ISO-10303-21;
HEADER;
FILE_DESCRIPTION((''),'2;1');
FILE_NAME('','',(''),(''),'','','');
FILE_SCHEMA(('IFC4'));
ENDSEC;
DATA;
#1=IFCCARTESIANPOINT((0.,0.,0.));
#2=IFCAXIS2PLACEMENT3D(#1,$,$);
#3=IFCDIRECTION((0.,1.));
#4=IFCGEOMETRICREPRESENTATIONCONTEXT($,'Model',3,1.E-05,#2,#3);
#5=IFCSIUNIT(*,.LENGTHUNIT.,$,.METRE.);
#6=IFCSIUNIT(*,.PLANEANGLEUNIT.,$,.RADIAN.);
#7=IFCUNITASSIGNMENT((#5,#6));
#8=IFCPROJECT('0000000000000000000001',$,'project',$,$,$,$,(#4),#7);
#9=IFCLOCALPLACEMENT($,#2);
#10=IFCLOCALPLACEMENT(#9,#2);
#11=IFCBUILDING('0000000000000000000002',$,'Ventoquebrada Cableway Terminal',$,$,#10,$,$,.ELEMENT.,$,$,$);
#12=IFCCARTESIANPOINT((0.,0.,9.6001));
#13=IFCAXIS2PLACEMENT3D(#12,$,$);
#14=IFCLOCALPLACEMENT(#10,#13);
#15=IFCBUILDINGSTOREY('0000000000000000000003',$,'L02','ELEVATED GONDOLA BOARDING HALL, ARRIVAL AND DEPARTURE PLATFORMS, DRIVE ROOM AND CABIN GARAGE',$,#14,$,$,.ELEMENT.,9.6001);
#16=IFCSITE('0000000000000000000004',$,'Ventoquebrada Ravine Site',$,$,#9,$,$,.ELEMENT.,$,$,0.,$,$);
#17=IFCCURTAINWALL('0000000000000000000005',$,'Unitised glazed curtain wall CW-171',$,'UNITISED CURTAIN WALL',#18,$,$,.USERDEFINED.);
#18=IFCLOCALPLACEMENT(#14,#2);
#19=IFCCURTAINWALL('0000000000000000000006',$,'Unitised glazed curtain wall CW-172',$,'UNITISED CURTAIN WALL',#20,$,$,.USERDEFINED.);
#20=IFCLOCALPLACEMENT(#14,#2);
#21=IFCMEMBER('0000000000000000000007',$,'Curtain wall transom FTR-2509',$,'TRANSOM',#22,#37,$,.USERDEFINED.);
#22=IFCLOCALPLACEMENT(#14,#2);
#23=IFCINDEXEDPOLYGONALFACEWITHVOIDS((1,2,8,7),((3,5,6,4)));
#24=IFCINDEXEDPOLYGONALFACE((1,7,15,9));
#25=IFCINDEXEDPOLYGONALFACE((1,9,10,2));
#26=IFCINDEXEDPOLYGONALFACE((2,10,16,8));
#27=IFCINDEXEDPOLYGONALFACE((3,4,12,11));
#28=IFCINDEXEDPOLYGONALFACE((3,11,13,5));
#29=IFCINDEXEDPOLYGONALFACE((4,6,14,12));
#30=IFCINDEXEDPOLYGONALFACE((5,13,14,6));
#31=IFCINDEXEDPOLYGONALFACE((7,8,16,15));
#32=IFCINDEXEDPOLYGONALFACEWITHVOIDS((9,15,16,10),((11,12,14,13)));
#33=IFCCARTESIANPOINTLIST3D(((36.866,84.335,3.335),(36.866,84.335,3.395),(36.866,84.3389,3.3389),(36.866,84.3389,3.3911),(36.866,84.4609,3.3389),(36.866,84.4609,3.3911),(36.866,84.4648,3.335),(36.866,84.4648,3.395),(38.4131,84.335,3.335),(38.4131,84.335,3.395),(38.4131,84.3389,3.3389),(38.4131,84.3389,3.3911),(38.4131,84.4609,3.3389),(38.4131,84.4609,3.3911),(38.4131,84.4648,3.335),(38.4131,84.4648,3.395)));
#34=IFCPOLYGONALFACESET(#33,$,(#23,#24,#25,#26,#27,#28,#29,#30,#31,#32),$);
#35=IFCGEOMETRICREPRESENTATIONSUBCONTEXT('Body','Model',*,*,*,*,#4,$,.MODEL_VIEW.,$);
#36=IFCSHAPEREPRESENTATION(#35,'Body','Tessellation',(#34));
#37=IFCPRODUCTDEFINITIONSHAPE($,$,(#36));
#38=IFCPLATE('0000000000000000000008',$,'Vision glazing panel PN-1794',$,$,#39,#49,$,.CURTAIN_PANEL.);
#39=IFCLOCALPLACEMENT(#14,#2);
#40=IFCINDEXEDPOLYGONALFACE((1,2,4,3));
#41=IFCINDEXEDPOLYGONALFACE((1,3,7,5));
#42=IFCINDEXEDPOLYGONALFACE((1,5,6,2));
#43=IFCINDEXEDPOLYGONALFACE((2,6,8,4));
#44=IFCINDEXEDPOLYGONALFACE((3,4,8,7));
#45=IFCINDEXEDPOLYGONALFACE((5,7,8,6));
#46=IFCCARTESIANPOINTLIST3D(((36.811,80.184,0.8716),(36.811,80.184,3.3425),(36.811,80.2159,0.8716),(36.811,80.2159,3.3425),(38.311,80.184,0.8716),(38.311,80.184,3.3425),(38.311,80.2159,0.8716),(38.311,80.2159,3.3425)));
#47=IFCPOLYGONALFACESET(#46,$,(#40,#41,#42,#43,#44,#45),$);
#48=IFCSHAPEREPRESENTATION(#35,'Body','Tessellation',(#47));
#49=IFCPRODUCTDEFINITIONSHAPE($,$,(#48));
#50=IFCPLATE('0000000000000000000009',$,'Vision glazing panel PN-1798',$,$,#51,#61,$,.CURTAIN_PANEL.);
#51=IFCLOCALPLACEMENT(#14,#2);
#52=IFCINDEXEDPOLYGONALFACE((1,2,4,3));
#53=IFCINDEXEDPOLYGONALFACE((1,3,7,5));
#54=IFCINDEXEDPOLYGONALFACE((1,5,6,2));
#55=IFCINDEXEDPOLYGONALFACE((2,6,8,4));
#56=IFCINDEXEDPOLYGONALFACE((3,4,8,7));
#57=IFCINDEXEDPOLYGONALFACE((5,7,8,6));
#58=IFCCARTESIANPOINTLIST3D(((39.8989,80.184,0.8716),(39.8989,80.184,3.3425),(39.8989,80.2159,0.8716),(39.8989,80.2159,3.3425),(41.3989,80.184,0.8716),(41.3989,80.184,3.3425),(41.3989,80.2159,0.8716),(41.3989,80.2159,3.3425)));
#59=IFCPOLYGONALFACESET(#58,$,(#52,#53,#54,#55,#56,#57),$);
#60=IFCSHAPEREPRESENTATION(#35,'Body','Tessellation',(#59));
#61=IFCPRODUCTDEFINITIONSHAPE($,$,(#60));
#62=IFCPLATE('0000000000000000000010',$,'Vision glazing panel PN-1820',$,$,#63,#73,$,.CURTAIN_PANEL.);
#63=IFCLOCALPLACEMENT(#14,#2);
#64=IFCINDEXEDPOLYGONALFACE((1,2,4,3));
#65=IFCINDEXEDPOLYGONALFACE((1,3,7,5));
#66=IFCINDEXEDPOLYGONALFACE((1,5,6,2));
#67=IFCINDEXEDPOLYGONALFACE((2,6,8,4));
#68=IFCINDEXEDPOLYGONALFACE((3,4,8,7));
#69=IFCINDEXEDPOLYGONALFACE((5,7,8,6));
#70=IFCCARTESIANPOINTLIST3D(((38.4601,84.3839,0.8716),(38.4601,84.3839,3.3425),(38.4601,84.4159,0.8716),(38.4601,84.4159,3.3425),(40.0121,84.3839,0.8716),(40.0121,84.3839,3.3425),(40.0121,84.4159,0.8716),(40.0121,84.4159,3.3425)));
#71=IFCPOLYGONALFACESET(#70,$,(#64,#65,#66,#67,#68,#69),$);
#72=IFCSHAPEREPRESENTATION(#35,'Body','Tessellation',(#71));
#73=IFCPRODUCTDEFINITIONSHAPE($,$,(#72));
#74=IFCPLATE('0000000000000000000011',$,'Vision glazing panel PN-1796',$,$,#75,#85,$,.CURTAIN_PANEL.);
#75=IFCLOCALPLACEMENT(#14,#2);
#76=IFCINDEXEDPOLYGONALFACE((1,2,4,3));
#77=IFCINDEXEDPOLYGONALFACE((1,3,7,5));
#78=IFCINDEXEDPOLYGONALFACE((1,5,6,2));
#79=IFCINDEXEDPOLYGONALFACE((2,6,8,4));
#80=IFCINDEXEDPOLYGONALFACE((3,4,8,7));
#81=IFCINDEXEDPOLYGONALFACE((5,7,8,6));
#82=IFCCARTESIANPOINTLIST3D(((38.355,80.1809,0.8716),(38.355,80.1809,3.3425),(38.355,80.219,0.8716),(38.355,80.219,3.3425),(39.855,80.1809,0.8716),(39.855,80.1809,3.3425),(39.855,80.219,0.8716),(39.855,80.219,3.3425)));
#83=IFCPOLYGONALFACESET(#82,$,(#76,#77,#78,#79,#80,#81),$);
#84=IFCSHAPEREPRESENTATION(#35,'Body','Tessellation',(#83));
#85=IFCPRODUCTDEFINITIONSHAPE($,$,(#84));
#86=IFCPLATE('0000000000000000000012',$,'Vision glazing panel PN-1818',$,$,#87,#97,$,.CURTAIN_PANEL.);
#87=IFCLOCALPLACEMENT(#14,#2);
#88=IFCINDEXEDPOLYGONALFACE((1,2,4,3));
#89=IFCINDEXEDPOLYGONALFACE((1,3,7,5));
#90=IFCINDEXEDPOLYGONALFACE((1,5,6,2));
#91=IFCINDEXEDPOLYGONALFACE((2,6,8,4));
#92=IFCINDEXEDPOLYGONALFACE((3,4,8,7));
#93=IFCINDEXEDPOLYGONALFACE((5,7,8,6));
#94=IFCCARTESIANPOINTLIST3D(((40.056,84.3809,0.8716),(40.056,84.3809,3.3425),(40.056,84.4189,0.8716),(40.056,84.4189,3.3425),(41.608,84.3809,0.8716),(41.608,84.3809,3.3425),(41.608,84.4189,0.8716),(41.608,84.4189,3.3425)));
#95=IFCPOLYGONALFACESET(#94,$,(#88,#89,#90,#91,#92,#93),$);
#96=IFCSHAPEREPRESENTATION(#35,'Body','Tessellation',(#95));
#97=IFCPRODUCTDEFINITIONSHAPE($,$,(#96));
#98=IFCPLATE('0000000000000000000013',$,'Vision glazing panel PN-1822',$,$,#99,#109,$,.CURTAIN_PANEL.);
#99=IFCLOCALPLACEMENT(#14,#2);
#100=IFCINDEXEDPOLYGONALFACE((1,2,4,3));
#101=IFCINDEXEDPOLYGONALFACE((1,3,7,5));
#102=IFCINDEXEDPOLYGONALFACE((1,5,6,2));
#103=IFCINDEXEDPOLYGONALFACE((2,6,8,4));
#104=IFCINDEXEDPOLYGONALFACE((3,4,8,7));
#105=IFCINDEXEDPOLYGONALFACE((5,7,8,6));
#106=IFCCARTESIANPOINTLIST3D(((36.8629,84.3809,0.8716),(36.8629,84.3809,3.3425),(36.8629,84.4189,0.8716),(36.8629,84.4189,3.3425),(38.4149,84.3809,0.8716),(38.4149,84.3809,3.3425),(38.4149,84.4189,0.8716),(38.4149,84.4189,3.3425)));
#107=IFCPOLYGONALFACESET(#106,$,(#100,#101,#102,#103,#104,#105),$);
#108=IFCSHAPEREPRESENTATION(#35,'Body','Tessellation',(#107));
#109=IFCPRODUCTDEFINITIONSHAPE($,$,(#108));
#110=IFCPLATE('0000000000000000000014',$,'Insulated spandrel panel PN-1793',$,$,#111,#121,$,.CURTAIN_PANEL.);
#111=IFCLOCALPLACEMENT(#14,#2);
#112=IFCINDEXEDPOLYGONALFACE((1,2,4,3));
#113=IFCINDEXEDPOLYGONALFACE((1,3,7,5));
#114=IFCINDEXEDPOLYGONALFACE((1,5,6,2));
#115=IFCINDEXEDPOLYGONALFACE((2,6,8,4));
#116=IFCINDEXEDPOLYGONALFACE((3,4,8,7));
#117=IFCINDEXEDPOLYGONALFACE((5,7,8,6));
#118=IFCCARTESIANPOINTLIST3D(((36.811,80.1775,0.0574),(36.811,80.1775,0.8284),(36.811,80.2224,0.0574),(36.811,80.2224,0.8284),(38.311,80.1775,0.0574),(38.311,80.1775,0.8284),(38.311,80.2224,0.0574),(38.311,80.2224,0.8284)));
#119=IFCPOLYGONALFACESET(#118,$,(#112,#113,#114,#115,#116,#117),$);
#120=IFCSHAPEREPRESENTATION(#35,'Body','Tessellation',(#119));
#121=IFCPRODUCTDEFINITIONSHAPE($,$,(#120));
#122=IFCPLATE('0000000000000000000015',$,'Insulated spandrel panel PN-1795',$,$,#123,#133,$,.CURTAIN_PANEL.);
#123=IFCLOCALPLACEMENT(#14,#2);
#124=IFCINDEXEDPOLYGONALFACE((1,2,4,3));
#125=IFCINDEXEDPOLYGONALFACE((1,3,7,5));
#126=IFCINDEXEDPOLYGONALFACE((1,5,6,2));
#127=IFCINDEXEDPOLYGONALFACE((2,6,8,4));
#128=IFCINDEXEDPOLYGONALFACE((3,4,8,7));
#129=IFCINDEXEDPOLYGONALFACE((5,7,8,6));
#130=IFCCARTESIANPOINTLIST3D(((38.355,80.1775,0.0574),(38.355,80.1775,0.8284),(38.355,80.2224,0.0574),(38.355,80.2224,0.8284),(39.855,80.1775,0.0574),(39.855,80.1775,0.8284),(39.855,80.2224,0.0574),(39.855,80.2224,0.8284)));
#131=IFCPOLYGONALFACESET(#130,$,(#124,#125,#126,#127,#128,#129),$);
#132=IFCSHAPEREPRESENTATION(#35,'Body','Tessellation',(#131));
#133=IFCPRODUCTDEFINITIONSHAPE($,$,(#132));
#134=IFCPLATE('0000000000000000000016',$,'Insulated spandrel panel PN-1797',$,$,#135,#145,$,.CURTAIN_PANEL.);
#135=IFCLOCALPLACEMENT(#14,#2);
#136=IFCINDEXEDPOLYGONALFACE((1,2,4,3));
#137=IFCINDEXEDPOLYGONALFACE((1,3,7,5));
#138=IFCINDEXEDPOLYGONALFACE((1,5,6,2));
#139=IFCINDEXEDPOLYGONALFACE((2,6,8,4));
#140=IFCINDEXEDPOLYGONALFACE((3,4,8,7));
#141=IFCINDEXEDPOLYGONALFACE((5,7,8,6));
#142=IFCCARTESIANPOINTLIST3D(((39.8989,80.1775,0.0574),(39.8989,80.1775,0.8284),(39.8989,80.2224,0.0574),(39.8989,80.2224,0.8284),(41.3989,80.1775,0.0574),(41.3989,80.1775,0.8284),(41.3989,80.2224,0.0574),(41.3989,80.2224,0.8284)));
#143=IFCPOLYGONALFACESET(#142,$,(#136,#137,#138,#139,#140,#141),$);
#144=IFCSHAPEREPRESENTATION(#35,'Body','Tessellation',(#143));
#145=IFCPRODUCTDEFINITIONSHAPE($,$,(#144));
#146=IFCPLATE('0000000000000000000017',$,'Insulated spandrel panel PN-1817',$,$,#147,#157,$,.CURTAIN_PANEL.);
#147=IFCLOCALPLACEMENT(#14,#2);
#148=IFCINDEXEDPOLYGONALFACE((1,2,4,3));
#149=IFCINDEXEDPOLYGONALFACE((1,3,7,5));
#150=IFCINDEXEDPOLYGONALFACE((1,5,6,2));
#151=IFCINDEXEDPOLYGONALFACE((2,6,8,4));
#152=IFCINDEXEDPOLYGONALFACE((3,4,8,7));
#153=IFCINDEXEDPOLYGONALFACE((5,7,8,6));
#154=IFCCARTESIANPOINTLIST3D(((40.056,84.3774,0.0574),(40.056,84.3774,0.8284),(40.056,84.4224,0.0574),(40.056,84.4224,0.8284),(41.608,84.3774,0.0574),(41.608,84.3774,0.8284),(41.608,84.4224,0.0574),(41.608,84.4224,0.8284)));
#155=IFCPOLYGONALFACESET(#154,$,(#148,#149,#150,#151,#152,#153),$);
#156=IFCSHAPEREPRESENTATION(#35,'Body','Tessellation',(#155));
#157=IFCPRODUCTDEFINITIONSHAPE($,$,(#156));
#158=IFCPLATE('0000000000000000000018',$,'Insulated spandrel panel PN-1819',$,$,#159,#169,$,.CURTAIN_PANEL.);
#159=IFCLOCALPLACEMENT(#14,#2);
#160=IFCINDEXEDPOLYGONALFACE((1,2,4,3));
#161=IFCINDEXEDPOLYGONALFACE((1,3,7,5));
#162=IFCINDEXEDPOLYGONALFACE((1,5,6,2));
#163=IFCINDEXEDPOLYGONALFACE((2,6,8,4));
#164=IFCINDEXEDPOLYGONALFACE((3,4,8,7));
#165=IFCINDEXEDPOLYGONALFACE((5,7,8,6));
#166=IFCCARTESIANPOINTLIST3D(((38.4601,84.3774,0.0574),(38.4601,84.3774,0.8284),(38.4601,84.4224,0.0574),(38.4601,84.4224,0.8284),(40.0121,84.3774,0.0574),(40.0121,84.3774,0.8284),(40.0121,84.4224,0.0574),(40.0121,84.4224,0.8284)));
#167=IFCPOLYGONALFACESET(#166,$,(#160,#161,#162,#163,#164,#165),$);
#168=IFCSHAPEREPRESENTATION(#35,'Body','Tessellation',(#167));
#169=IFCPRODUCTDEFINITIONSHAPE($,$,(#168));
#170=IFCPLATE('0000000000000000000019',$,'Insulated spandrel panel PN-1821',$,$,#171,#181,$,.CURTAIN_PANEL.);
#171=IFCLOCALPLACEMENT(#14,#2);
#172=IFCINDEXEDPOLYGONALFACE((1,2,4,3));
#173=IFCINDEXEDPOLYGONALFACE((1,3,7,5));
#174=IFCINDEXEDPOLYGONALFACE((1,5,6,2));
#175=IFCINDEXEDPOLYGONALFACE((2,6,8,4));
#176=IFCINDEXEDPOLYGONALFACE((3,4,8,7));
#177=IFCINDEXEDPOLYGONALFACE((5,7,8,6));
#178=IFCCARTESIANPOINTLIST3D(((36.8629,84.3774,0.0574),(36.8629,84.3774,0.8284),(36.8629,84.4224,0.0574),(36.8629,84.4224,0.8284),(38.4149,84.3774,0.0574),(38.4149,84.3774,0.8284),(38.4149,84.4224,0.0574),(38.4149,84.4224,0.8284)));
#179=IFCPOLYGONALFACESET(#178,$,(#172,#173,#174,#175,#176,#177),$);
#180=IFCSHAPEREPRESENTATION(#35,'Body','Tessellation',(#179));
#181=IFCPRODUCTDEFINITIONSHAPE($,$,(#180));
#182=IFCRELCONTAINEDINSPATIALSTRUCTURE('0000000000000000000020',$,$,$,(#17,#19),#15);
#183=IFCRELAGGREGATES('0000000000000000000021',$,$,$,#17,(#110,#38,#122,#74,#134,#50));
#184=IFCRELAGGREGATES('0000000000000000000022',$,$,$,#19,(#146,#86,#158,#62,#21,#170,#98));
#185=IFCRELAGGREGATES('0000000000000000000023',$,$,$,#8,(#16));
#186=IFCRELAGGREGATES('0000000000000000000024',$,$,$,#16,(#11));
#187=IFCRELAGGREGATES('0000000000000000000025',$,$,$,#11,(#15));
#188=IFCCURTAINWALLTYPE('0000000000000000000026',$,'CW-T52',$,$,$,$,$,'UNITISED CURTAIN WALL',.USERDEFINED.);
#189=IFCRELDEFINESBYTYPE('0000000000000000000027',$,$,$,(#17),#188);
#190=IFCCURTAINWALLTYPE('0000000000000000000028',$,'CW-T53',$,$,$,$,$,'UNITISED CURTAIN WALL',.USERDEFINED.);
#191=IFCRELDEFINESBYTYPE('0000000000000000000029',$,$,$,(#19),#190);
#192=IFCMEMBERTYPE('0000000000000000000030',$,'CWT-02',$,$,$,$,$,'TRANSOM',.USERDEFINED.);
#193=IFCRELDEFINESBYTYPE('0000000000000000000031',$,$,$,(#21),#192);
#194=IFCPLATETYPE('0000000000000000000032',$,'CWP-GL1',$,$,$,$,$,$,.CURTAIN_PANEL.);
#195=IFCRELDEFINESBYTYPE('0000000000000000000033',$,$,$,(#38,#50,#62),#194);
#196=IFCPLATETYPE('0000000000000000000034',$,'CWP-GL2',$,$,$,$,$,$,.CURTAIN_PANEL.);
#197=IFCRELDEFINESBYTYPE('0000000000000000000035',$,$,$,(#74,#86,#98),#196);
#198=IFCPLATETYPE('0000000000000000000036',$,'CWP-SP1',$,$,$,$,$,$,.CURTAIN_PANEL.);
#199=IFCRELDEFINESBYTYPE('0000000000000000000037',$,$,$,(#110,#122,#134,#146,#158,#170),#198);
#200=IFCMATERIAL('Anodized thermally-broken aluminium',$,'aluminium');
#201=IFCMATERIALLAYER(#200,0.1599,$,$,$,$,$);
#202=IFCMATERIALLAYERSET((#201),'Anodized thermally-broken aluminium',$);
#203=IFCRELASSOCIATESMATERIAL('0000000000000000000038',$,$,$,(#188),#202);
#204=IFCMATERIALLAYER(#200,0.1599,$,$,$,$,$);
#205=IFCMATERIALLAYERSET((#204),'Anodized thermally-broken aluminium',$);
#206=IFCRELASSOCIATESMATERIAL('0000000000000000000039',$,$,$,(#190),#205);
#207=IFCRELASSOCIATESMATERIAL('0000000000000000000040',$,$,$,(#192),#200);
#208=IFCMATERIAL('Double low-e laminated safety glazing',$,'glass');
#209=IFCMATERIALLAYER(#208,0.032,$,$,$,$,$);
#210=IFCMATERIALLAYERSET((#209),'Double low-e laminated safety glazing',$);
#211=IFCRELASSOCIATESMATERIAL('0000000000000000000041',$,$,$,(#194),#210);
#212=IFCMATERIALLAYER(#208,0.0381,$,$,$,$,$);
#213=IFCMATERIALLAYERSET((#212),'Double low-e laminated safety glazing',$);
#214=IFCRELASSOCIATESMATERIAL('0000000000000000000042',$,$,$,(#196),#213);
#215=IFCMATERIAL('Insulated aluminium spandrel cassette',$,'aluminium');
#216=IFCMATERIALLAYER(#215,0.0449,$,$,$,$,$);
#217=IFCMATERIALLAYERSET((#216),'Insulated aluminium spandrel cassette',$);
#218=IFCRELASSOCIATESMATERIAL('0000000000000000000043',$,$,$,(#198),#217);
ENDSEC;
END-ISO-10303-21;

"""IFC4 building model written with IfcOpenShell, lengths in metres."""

from ifc_helpers import new_model, si_unit, direction, frame, origin, origin_2d, place, context, subcontext, project, spatial, rectangle, hollow_rectangle, extrude, material, layer, layer_set, material_profile, profile_set, type_object, element, aggregate, save


model = new_model("IFC4")

# Units and contexts
model_context = context("Model", 3, precision=1e-05, world=origin(), true_north=direction((0.0, 1.0)))
body_context = subcontext(model_context, "Body", "Model", "MODEL_VIEW")
ifc_project = project(units=[si_unit("LENGTHUNIT", "METRE"), si_unit("PLANEANGLEUNIT", "RADIAN")], contexts=[model_context])

# Site, building, storey
site_placement = place(None, origin())
site = spatial("IfcSite", under=ifc_project, at=site_placement, Name="Ventoquebrada Ravine Site", CompositionType="ELEMENT", RefElevation=0.0)
building_placement = place(site_placement, origin())
building = spatial("IfcBuilding", under=site, at=building_placement, Name="Ventoquebrada Cableway Terminal", CompositionType="ELEMENT")
storey_placement = place(building_placement, frame((0.0, 0.0, 9.6001)))
storey = spatial("IfcBuildingStorey", under=building, at=storey_placement, Name="L02", Description="ELEVATED GONDOLA BOARDING HALL, ARRIVAL AND DEPARTURE PLATFORMS, DRIVE ROOM AND CABIN GARAGE", CompositionType="ELEMENT", Elevation=9.6001)

# Curtain walls
ifc_material_1 = material(Name="Anodized thermally-broken aluminium", Category="aluminium")
ifc_layer_1 = layer(ifc_material_1, 0.1599)
ifc_layer_set_1 = layer_set([ifc_layer_1], Name="Anodized thermally-broken aluminium")
curtain_wall_type_1 = type_object("IfcCurtainWallType", Name="CW-T52", ElementType="UNITISED CURTAIN WALL", PredefinedType="USERDEFINED", material=ifc_layer_set_1)
curtain_wall_1_placement = place(storey_placement, origin())
curtain_wall_1 = element("IfcCurtainWall", 1, at=curtain_wall_1_placement, inside=storey, type_object=curtain_wall_type_1, Name="Unitised glazed curtain wall CW-171", ObjectType="UNITISED CURTAIN WALL", PredefinedType="USERDEFINED")
ifc_layer_2 = layer(ifc_material_1, 0.1599)
ifc_layer_set_2 = layer_set([ifc_layer_2], Name="Anodized thermally-broken aluminium")
curtain_wall_type_2 = type_object("IfcCurtainWallType", Name="CW-T53", ElementType="UNITISED CURTAIN WALL", PredefinedType="USERDEFINED", material=ifc_layer_set_2)
curtain_wall_2_placement = place(storey_placement, origin())
curtain_wall_2 = element("IfcCurtainWall", 2, at=curtain_wall_2_placement, inside=storey, type_object=curtain_wall_type_2, Name="Unitised glazed curtain wall CW-172", ObjectType="UNITISED CURTAIN WALL", PredefinedType="USERDEFINED")

# Member
ifc_material_profile_1 = material_profile(ifc_material_1, hollow_rectangle(XDim=0.0601, YDim=0.1299, WallThickness=0.0039, at=origin_2d()), Name="CW-TRN-60X130")
ifc_profile_set_1 = profile_set([ifc_material_profile_1], Name="Anodized thermally-broken aluminium")
member_type_1 = type_object("IfcMemberType", Name="CWT-02", ElementType="TRANSOM", PredefinedType="USERDEFINED", material=ifc_profile_set_1)
member_1_placement = place(storey_placement, frame((38.4131, 84.3999, 3.365), z_axis=(-1.0, 0.0, 0.0), x_axis=(0.0, 0.0, 1.0)))
member_1 = element("IfcMember", 3, at=member_1_placement, type_object=member_type_1, Name="Curtain wall transom FTR-2509", ObjectType="TRANSOM", PredefinedType="USERDEFINED", context=body_context, shape_type="SweptSolid", body=[
    extrude(hollow_rectangle(XDim=0.0601, YDim=0.1299, WallThickness=0.0039, at=origin_2d()), origin(), (0.0, 0.0, 1.0), 1.5471),
])

# Plates
ifc_material_2 = material(Name="Double low-e laminated safety glazing", Category="glass")
ifc_layer_3 = layer(ifc_material_2, 0.032)
ifc_layer_set_3 = layer_set([ifc_layer_3], Name="Double low-e laminated safety glazing")
plate_type_1 = type_object("IfcPlateType", Name="CWP-GL1", PredefinedType="CURTAIN_PANEL", material=ifc_layer_set_3)
plate_1_placement = place(storey_placement, frame((37.561, 80.2, 0.8716), z_axis=(0.0, 0.0, 1.0), x_axis=(1.0, 0.0, 0.0)))
plate_1 = element("IfcPlate", 4, at=plate_1_placement, type_object=plate_type_1, Name="Vision glazing panel PN-1794", PredefinedType="CURTAIN_PANEL", context=body_context, shape_type="SweptSolid", body=[
    extrude(rectangle(XDim=1.5, YDim=0.032, at=origin_2d()), origin(), (0.0, 0.0, 1.0), 2.4709),
])
plate_2_placement = place(storey_placement, frame((40.6489, 80.2, 0.8716), z_axis=(0.0, 0.0, 1.0), x_axis=(1.0, 0.0, 0.0)))
plate_2 = element("IfcPlate", 5, at=plate_2_placement, type_object=plate_type_1, Name="Vision glazing panel PN-1798", PredefinedType="CURTAIN_PANEL", context=body_context, shape_type="SweptSolid", body=[
    extrude(rectangle(XDim=1.5, YDim=0.032, at=origin_2d()), origin(), (0.0, 0.0, 1.0), 2.4709),
])
plate_3_placement = place(storey_placement, frame((39.2361, 84.3999, 0.8716), z_axis=(0.0, 0.0, 1.0), x_axis=(-1.0, 0.0, 0.0)))
plate_3 = element("IfcPlate", 6, at=plate_3_placement, type_object=plate_type_1, Name="Vision glazing panel PN-1820", PredefinedType="CURTAIN_PANEL", context=body_context, shape_type="SweptSolid", body=[
    extrude(rectangle(XDim=1.552, YDim=0.032, at=origin_2d()), origin(), (0.0, 0.0, 1.0), 2.4709),
])
ifc_layer_4 = layer(ifc_material_2, 0.0381)
ifc_layer_set_4 = layer_set([ifc_layer_4], Name="Double low-e laminated safety glazing")
plate_type_2 = type_object("IfcPlateType", Name="CWP-GL2", PredefinedType="CURTAIN_PANEL", material=ifc_layer_set_4)
plate_4_placement = place(storey_placement, frame((39.105, 80.2, 0.8716), z_axis=(0.0, 0.0, 1.0), x_axis=(1.0, 0.0, 0.0)))
plate_4 = element("IfcPlate", 7, at=plate_4_placement, type_object=plate_type_2, Name="Vision glazing panel PN-1796", PredefinedType="CURTAIN_PANEL", context=body_context, shape_type="SweptSolid", body=[
    extrude(rectangle(XDim=1.5, YDim=0.0381, at=origin_2d()), origin(), (0.0, 0.0, 1.0), 2.4709),
])
plate_5_placement = place(storey_placement, frame((40.832, 84.3999, 0.8716), z_axis=(0.0, 0.0, 1.0), x_axis=(-1.0, 0.0, 0.0)))
plate_5 = element("IfcPlate", 8, at=plate_5_placement, type_object=plate_type_2, Name="Vision glazing panel PN-1818", PredefinedType="CURTAIN_PANEL", context=body_context, shape_type="SweptSolid", body=[
    extrude(rectangle(XDim=1.552, YDim=0.0381, at=origin_2d()), origin(), (0.0, 0.0, 1.0), 2.4709),
])
plate_6_placement = place(storey_placement, frame((37.6389, 84.3999, 0.8716), z_axis=(0.0, 0.0, 1.0), x_axis=(-1.0, 0.0, 0.0)))
plate_6 = element("IfcPlate", 9, at=plate_6_placement, type_object=plate_type_2, Name="Vision glazing panel PN-1822", PredefinedType="CURTAIN_PANEL", context=body_context, shape_type="SweptSolid", body=[
    extrude(rectangle(XDim=1.552, YDim=0.0381, at=origin_2d()), origin(), (0.0, 0.0, 1.0), 2.4709),
])
ifc_material_3 = material(Name="Insulated aluminium spandrel cassette", Category="aluminium")
ifc_layer_5 = layer(ifc_material_3, 0.0449)
ifc_layer_set_5 = layer_set([ifc_layer_5], Name="Insulated aluminium spandrel cassette")
plate_type_3 = type_object("IfcPlateType", Name="CWP-SP1", PredefinedType="CURTAIN_PANEL", material=ifc_layer_set_5)
plate_7_placement = place(storey_placement, frame((37.561, 80.2, 0.0574), z_axis=(0.0, 0.0, 1.0), x_axis=(1.0, 0.0, 0.0)))
plate_7 = element("IfcPlate", 10, at=plate_7_placement, type_object=plate_type_3, Name="Insulated spandrel panel PN-1793", PredefinedType="CURTAIN_PANEL", context=body_context, shape_type="SweptSolid", body=[
    extrude(rectangle(XDim=1.5, YDim=0.0449, at=origin_2d()), origin(), (0.0, 0.0, 1.0), 0.771),
])
plate_8_placement = place(storey_placement, frame((39.105, 80.2, 0.0574), z_axis=(0.0, 0.0, 1.0), x_axis=(1.0, 0.0, 0.0)))
plate_8 = element("IfcPlate", 11, at=plate_8_placement, type_object=plate_type_3, Name="Insulated spandrel panel PN-1795", PredefinedType="CURTAIN_PANEL", context=body_context, shape_type="SweptSolid", body=[
    extrude(rectangle(XDim=1.5, YDim=0.0449, at=origin_2d()), origin(), (0.0, 0.0, 1.0), 0.771),
])
plate_9_placement = place(storey_placement, frame((40.6489, 80.2, 0.0574), z_axis=(0.0, 0.0, 1.0), x_axis=(1.0, 0.0, 0.0)))
plate_9 = element("IfcPlate", 12, at=plate_9_placement, type_object=plate_type_3, Name="Insulated spandrel panel PN-1797", PredefinedType="CURTAIN_PANEL", context=body_context, shape_type="SweptSolid", body=[
    extrude(rectangle(XDim=1.5, YDim=0.0449, at=origin_2d()), origin(), (0.0, 0.0, 1.0), 0.771),
])
aggregate(curtain_wall_1, [plate_7, plate_1, plate_8, plate_4, plate_9, plate_2])
plate_10_placement = place(storey_placement, frame((40.832, 84.3999, 0.0574), z_axis=(0.0, 0.0, 1.0), x_axis=(-1.0, 0.0, 0.0)))
plate_10 = element("IfcPlate", 13, at=plate_10_placement, type_object=plate_type_3, Name="Insulated spandrel panel PN-1817", PredefinedType="CURTAIN_PANEL", context=body_context, shape_type="SweptSolid", body=[
    extrude(rectangle(XDim=1.552, YDim=0.0449, at=origin_2d()), origin(), (0.0, 0.0, 1.0), 0.771),
])
plate_11_placement = place(storey_placement, frame((39.2361, 84.3999, 0.0574), z_axis=(0.0, 0.0, 1.0), x_axis=(-1.0, 0.0, 0.0)))
plate_11 = element("IfcPlate", 14, at=plate_11_placement, type_object=plate_type_3, Name="Insulated spandrel panel PN-1819", PredefinedType="CURTAIN_PANEL", context=body_context, shape_type="SweptSolid", body=[
    extrude(rectangle(XDim=1.552, YDim=0.0449, at=origin_2d()), origin(), (0.0, 0.0, 1.0), 0.771),
])
plate_12_placement = place(storey_placement, frame((37.6389, 84.3999, 0.0574), z_axis=(0.0, 0.0, 1.0), x_axis=(-1.0, 0.0, 0.0)))
plate_12 = element("IfcPlate", 15, at=plate_12_placement, type_object=plate_type_3, Name="Insulated spandrel panel PN-1821", PredefinedType="CURTAIN_PANEL", context=body_context, shape_type="SweptSolid", body=[
    extrude(rectangle(XDim=1.552, YDim=0.0449, at=origin_2d()), origin(), (0.0, 0.0, 1.0), 0.771),
])
aggregate(curtain_wall_2, [plate_10, plate_5, plate_11, plate_3, member_1, plate_12, plate_6])

save(model, "model.ifc")
